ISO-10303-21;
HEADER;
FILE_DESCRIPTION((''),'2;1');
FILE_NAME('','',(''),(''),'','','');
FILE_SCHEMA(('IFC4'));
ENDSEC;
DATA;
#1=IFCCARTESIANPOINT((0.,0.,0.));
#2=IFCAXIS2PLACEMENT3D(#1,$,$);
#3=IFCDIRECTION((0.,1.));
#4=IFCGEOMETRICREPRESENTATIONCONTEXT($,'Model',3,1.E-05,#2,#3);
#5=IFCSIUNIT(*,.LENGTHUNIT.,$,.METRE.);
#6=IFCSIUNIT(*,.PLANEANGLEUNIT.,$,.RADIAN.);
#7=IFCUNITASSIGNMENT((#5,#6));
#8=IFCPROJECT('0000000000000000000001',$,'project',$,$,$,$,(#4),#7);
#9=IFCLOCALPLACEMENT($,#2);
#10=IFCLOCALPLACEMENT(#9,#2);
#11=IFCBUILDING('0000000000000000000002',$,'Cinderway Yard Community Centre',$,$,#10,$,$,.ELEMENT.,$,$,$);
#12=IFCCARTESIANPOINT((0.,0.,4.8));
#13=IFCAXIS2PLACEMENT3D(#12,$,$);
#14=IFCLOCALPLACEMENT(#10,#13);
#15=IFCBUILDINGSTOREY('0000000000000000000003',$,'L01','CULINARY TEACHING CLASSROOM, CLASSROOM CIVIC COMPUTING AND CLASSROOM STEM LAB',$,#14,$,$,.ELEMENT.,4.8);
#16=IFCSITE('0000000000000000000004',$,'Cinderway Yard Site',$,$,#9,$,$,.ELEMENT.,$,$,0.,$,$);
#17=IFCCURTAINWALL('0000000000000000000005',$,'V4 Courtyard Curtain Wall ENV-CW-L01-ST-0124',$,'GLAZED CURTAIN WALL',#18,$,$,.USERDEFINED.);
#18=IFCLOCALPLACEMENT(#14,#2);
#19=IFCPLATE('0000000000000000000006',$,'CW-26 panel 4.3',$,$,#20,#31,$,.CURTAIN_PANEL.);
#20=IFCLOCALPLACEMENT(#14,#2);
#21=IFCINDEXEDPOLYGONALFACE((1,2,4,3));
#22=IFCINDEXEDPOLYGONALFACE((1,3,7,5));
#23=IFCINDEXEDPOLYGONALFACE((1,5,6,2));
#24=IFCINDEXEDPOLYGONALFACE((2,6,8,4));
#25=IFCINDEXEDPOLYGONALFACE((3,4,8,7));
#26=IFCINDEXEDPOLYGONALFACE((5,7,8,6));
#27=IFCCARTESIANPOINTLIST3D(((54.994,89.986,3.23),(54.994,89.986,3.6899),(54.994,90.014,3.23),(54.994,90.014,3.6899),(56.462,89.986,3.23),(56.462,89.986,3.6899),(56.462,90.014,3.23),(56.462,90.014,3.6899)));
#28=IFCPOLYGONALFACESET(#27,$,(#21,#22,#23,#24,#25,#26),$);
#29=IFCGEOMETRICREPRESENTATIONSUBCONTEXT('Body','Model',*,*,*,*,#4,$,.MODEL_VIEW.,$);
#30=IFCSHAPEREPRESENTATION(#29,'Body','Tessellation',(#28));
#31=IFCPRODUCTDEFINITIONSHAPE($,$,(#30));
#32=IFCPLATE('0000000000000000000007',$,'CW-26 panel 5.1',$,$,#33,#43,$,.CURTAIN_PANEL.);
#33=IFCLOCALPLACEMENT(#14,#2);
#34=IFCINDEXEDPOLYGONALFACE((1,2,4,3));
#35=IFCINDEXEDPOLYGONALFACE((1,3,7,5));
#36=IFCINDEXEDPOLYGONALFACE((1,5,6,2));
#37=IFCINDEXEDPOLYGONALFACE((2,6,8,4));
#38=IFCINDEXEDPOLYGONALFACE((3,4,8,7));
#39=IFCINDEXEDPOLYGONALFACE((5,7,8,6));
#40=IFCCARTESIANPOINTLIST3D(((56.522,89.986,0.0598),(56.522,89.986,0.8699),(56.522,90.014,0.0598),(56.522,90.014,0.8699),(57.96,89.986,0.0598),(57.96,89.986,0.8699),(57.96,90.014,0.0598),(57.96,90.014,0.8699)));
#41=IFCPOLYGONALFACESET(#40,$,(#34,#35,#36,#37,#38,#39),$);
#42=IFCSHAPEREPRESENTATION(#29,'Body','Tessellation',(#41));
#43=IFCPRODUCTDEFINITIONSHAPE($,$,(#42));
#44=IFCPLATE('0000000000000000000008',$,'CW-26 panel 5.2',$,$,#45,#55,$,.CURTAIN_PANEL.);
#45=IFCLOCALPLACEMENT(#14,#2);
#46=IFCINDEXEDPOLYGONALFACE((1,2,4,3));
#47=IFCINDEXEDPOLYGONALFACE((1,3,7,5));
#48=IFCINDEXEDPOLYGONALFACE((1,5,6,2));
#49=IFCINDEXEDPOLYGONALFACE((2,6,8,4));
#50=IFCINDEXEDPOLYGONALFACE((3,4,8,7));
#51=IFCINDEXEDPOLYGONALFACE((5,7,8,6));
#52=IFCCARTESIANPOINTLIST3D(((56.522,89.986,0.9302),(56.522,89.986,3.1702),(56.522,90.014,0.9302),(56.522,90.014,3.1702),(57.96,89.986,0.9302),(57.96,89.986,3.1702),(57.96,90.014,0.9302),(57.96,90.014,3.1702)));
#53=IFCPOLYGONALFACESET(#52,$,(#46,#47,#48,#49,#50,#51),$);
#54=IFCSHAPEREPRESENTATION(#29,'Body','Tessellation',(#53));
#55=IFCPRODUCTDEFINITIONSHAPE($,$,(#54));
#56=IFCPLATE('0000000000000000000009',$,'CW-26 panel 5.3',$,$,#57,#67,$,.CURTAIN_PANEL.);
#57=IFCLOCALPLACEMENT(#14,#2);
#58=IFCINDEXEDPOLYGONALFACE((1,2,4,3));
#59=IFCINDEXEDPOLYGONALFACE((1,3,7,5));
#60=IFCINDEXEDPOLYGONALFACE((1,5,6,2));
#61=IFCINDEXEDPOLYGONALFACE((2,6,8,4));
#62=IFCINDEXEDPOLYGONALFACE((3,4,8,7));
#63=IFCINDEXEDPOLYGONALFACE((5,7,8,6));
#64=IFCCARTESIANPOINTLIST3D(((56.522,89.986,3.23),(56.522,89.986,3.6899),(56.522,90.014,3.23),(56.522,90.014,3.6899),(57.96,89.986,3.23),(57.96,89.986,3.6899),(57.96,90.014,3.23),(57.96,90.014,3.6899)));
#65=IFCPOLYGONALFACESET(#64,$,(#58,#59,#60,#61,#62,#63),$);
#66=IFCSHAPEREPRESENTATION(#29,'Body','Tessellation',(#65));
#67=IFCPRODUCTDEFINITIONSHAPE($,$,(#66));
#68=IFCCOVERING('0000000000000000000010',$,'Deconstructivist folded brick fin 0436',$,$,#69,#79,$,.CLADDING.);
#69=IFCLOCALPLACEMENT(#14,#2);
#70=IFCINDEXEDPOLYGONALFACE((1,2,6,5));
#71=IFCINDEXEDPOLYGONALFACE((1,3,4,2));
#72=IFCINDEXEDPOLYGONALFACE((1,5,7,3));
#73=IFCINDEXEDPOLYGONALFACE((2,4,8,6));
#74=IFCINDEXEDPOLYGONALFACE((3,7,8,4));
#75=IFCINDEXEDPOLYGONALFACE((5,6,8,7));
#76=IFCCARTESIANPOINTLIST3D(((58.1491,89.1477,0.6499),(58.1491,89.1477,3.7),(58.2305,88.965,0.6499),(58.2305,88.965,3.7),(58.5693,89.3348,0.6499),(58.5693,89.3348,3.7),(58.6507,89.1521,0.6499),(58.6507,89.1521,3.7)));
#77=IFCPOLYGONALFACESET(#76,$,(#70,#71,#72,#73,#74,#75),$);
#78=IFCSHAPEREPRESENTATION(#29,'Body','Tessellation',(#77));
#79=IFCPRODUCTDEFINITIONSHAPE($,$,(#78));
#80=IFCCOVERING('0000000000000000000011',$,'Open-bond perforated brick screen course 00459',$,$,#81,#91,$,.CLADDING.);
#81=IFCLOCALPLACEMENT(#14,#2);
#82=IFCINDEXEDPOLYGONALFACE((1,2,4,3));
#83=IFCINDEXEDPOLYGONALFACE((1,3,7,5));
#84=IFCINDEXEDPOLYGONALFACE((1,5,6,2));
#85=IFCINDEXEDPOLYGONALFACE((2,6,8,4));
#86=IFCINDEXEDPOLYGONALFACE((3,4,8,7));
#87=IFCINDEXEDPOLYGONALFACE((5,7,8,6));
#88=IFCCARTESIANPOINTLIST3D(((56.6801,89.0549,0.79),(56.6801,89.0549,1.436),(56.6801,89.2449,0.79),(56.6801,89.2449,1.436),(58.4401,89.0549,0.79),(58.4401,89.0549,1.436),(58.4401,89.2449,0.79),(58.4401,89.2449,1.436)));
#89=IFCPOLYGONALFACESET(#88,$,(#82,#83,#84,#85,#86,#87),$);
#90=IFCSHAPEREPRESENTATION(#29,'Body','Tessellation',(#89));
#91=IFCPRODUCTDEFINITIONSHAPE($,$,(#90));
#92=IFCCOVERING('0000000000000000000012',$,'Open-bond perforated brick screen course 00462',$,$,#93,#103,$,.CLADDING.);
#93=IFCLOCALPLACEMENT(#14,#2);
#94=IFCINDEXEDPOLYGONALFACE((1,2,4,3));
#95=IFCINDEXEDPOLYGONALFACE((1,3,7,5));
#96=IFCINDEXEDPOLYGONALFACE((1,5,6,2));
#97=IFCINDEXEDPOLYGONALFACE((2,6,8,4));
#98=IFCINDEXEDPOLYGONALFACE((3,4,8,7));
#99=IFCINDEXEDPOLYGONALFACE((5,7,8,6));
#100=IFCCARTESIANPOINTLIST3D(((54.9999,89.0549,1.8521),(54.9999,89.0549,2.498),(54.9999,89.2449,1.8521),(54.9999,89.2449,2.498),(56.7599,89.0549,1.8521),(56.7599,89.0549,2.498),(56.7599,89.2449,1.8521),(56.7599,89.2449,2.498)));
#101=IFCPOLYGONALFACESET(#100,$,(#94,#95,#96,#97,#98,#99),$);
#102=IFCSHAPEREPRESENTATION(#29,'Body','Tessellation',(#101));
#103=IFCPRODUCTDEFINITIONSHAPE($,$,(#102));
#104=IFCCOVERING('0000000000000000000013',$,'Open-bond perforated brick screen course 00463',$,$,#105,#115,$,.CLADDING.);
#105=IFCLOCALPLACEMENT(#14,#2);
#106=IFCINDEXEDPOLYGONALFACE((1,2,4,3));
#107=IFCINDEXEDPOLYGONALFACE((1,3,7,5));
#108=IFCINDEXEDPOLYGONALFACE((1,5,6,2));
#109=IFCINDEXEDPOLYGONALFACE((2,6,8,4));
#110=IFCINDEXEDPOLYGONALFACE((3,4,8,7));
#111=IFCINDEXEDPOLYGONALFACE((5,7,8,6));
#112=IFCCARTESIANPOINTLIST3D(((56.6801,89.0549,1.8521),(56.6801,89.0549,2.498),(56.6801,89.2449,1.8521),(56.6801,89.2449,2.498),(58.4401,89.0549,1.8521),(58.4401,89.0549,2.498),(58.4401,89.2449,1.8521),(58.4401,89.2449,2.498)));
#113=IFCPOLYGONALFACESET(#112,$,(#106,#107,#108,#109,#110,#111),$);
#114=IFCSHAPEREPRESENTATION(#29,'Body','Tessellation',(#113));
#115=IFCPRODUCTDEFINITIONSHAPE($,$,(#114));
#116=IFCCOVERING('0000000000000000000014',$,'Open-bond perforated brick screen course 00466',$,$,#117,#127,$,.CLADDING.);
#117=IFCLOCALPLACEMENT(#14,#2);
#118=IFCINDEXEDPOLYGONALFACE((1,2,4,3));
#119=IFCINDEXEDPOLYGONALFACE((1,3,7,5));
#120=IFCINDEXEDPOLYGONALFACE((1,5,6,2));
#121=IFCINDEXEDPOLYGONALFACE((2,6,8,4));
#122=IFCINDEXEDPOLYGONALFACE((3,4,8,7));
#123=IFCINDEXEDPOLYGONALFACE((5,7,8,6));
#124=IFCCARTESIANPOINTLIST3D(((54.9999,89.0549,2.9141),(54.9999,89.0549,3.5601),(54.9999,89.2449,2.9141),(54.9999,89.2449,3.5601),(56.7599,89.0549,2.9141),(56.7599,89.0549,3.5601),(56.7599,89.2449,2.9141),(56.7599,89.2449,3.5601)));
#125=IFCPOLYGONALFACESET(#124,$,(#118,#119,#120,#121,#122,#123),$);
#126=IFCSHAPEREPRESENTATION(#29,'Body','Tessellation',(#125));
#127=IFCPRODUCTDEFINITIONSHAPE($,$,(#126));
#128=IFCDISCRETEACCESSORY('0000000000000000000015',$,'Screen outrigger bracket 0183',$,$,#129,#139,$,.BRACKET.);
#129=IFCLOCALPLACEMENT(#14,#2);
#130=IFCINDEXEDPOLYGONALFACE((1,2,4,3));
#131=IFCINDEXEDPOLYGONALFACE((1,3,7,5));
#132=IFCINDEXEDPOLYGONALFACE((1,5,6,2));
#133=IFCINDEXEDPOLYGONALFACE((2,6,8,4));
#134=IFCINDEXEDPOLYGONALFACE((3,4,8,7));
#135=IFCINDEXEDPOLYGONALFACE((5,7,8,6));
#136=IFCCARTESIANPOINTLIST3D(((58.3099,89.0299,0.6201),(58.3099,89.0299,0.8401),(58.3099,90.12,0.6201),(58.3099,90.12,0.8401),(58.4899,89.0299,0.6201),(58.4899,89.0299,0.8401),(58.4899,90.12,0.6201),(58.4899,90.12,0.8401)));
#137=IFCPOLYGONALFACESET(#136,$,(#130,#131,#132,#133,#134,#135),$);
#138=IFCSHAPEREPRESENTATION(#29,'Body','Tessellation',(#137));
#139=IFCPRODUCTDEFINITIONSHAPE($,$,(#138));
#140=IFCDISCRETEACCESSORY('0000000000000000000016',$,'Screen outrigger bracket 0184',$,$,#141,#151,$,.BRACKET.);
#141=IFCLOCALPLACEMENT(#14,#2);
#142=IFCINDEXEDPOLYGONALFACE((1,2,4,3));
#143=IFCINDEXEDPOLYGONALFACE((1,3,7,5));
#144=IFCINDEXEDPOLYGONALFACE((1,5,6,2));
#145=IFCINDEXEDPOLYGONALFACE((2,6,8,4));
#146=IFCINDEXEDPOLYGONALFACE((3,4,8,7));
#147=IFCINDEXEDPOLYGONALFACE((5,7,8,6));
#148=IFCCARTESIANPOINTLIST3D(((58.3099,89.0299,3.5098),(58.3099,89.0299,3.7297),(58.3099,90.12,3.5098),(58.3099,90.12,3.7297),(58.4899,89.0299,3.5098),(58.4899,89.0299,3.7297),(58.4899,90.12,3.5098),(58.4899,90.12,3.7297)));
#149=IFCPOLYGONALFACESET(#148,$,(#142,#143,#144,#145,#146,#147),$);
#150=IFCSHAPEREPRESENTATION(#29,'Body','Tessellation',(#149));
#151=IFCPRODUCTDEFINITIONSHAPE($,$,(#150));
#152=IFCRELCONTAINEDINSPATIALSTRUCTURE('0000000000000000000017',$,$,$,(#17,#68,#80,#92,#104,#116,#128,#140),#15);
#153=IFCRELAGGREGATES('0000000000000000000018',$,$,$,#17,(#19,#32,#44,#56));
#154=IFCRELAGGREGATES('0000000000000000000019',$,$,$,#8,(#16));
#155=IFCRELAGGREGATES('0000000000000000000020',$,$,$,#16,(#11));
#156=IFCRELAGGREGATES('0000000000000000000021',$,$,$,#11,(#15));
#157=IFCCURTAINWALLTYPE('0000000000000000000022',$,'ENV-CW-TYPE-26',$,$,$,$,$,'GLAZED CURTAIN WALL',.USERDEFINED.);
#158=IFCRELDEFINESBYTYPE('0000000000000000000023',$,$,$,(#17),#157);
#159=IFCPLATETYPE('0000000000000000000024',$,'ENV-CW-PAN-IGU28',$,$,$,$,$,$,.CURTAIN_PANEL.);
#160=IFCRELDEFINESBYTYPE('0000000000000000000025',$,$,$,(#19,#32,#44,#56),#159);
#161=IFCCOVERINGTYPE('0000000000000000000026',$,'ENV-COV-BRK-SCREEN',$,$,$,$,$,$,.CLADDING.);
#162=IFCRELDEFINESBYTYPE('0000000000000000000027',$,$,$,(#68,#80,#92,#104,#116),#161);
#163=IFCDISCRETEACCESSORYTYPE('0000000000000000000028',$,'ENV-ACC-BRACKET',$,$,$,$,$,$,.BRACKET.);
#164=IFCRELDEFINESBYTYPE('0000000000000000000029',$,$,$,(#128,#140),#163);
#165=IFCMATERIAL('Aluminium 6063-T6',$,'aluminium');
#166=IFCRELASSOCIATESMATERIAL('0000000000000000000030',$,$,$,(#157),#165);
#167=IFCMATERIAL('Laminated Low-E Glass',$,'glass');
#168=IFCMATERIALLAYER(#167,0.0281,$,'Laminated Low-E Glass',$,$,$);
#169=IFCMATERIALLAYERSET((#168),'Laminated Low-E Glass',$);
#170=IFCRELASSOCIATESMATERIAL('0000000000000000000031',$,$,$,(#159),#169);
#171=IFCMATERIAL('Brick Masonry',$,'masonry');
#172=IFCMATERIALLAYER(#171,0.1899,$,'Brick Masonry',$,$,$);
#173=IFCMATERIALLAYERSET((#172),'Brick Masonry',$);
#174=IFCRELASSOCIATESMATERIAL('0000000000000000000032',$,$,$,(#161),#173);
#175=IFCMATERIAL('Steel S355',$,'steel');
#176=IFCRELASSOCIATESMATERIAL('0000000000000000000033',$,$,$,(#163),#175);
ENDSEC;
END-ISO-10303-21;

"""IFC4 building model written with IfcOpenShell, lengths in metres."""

from ifc_helpers import new_model, si_unit, direction, frame, origin, origin_2d, place, context, subcontext, project, spatial, rectangle, extrude, material, layer, layer_set, type_object, element, aggregate, save


model = new_model("IFC4")

# Units and contexts
model_context = context("Model", 3, precision=1e-05, world=origin(), true_north=direction((0.0, 1.0)))
body_context = subcontext(model_context, "Body", "Model", "MODEL_VIEW")
ifc_project = project(units=[si_unit("LENGTHUNIT", "METRE"), si_unit("PLANEANGLEUNIT", "RADIAN")], contexts=[model_context])

# Site, building, storey
site_placement = place(None, origin())
site = spatial("IfcSite", under=ifc_project, at=site_placement, Name="Cinderway Yard Site", CompositionType="ELEMENT", RefElevation=0.0)
building_placement = place(site_placement, origin())
building = spatial("IfcBuilding", under=site, at=building_placement, Name="Cinderway Yard Community Centre", CompositionType="ELEMENT")
storey_placement = place(building_placement, frame((0.0, 0.0, 4.8)))
storey = spatial("IfcBuildingStorey", under=building, at=storey_placement, Name="L01", Description="CULINARY TEACHING CLASSROOM, CLASSROOM CIVIC COMPUTING AND CLASSROOM STEM LAB", CompositionType="ELEMENT", Elevation=4.8)

# Curtain wall
ifc_material_1 = material(Name="Aluminium 6063-T6", Category="aluminium")
curtain_wall_type = type_object("IfcCurtainWallType", Name="ENV-CW-TYPE-26", ElementType="GLAZED CURTAIN WALL", PredefinedType="USERDEFINED", material=ifc_material_1)
curtain_wall_placement = place(storey_placement, origin())
curtain_wall = element("IfcCurtainWall", 1, at=curtain_wall_placement, inside=storey, type_object=curtain_wall_type, Name="V4 Courtyard Curtain Wall ENV-CW-L01-ST-0124", ObjectType="GLAZED CURTAIN WALL", PredefinedType="USERDEFINED")

# Shared definitions
ifc_material_2 = material(Name="Steel S355", Category="steel")

# Plates
ifc_material_3 = material(Name="Laminated Low-E Glass", Category="glass")
ifc_layer_1 = layer(ifc_material_3, 0.0281, Name="Laminated Low-E Glass")
ifc_layer_set_1 = layer_set([ifc_layer_1], Name="Laminated Low-E Glass")
plate_type = type_object("IfcPlateType", Name="ENV-CW-PAN-IGU28", PredefinedType="CURTAIN_PANEL", material=ifc_layer_set_1)
plate_1_placement = place(storey_placement, frame((55.728, 90.0, 3.23), z_axis=(0.0, 0.0, 1.0), x_axis=(1.0, 0.0, 0.0)))
plate_1 = element("IfcPlate", 2, at=plate_1_placement, type_object=plate_type, Name="CW-26 panel 4.3", PredefinedType="CURTAIN_PANEL", context=body_context, shape_type="SweptSolid", body=[
    extrude(rectangle(XDim=1.468, YDim=0.0281, at=origin_2d()), origin(), (0.0, 0.0, 1.0), 0.46),
])
plate_2_placement = place(storey_placement, frame((57.241, 90.0, 0.0598), z_axis=(0.0, 0.0, 1.0), x_axis=(1.0, 0.0, 0.0)))
plate_2 = element("IfcPlate", 3, at=plate_2_placement, type_object=plate_type, Name="CW-26 panel 5.1", PredefinedType="CURTAIN_PANEL", context=body_context, shape_type="SweptSolid", body=[
    extrude(rectangle(XDim=1.438, YDim=0.0281, at=origin_2d()), origin(), (0.0, 0.0, 1.0), 0.8101),
])
plate_3_placement = place(storey_placement, frame((57.241, 90.0, 0.9302), z_axis=(0.0, 0.0, 1.0), x_axis=(1.0, 0.0, 0.0)))
plate_3 = element("IfcPlate", 4, at=plate_3_placement, type_object=plate_type, Name="CW-26 panel 5.2", PredefinedType="CURTAIN_PANEL", context=body_context, shape_type="SweptSolid", body=[
    extrude(rectangle(XDim=1.438, YDim=0.0281, at=origin_2d()), origin(), (0.0, 0.0, 1.0), 2.24),
])
plate_4_placement = place(storey_placement, frame((57.241, 90.0, 3.23), z_axis=(0.0, 0.0, 1.0), x_axis=(1.0, 0.0, 0.0)))
plate_4 = element("IfcPlate", 5, at=plate_4_placement, type_object=plate_type, Name="CW-26 panel 5.3", PredefinedType="CURTAIN_PANEL", context=body_context, shape_type="SweptSolid", body=[
    extrude(rectangle(XDim=1.438, YDim=0.0281, at=origin_2d()), origin(), (0.0, 0.0, 1.0), 0.46),
])
aggregate(curtain_wall, [plate_1, plate_2, plate_3, plate_4])

# Coverings
ifc_material_4 = material(Name="Brick Masonry", Category="masonry")
ifc_layer_2 = layer(ifc_material_4, 0.1899, Name="Brick Masonry")
ifc_layer_set_2 = layer_set([ifc_layer_2], Name="Brick Masonry")
covering_type = type_object("IfcCoveringType", Name="ENV-COV-BRK-SCREEN", PredefinedType="CLADDING", material=ifc_layer_set_2)
covering_placement = place(storey_placement, frame((58.3999, 89.1499, 0.6499), z_axis=(0.0, 0.0, 1.0), x_axis=(-0.913545, -0.406737, 0.0)))
element("IfcCovering", 6, at=covering_placement, inside=storey, type_object=covering_type, Name="Deconstructivist folded brick fin 0436", PredefinedType="CLADDING", context=body_context, shape_type="SweptSolid", body=[
    extrude(rectangle(XDim=0.46, YDim=0.2, at=origin_2d()), origin(), (0.0, 0.0, 1.0), 3.05),
])
for number, where, z_axis, x_axis, name in (
    (7, (57.5601, 89.1499, 0.79), (0.0, 0.0, 1.0), (-1.0, 0.0, 0.0), "Open-bond perforated brick screen course 00459"),
    (8, (55.8799, 89.1499, 1.8521), (0.0, 0.0, 1.0), (-1.0, 0.0, 0.0), "Open-bond perforated brick screen course 00462"),
    (9, (57.5601, 89.1499, 1.8521), (0.0, 0.0, 1.0), (-1.0, 0.0, 0.0), "Open-bond perforated brick screen course 00463"),
    (10, (55.8799, 89.1499, 2.9141), (0.0, 0.0, 1.0), (-1.0, 0.0, 0.0), "Open-bond perforated brick screen course 00466"),
):
    element("IfcCovering", number, at=place(storey_placement, frame(where, z_axis=z_axis, x_axis=x_axis)), inside=storey, type_object=covering_type, Name=name, PredefinedType="CLADDING", context=body_context, shape_type="SweptSolid", body=[
        extrude(rectangle(XDim=1.76, YDim=0.1899, at=origin_2d()), origin(), (0.0, 0.0, 1.0), 0.646),
    ])

# Discrete accessories
discrete_accessory_type = type_object("IfcDiscreteAccessoryType", Name="ENV-ACC-BRACKET", PredefinedType="BRACKET", material=ifc_material_2)
for number, where, z_axis, x_axis, name in (
    (11, (58.3999, 89.575, 0.6201), (0.0, 0.0, 1.0), (0.0, -1.0, 0.0), "Screen outrigger bracket 0183"),
    (12, (58.3999, 89.575, 3.5098), (0.0, 0.0, 1.0), (0.0, -1.0, 0.0), "Screen outrigger bracket 0184"),
):
    element("IfcDiscreteAccessory", number, at=place(storey_placement, frame(where, z_axis=z_axis, x_axis=x_axis)), inside=storey, type_object=discrete_accessory_type, Name=name, PredefinedType="BRACKET", context=body_context, shape_type="SweptSolid", body=[
        extrude(rectangle(XDim=1.0901, YDim=0.1799, at=origin_2d()), origin(), (0.0, 0.0, 1.0), 0.22),
    ])

save(model, "model.ifc")
